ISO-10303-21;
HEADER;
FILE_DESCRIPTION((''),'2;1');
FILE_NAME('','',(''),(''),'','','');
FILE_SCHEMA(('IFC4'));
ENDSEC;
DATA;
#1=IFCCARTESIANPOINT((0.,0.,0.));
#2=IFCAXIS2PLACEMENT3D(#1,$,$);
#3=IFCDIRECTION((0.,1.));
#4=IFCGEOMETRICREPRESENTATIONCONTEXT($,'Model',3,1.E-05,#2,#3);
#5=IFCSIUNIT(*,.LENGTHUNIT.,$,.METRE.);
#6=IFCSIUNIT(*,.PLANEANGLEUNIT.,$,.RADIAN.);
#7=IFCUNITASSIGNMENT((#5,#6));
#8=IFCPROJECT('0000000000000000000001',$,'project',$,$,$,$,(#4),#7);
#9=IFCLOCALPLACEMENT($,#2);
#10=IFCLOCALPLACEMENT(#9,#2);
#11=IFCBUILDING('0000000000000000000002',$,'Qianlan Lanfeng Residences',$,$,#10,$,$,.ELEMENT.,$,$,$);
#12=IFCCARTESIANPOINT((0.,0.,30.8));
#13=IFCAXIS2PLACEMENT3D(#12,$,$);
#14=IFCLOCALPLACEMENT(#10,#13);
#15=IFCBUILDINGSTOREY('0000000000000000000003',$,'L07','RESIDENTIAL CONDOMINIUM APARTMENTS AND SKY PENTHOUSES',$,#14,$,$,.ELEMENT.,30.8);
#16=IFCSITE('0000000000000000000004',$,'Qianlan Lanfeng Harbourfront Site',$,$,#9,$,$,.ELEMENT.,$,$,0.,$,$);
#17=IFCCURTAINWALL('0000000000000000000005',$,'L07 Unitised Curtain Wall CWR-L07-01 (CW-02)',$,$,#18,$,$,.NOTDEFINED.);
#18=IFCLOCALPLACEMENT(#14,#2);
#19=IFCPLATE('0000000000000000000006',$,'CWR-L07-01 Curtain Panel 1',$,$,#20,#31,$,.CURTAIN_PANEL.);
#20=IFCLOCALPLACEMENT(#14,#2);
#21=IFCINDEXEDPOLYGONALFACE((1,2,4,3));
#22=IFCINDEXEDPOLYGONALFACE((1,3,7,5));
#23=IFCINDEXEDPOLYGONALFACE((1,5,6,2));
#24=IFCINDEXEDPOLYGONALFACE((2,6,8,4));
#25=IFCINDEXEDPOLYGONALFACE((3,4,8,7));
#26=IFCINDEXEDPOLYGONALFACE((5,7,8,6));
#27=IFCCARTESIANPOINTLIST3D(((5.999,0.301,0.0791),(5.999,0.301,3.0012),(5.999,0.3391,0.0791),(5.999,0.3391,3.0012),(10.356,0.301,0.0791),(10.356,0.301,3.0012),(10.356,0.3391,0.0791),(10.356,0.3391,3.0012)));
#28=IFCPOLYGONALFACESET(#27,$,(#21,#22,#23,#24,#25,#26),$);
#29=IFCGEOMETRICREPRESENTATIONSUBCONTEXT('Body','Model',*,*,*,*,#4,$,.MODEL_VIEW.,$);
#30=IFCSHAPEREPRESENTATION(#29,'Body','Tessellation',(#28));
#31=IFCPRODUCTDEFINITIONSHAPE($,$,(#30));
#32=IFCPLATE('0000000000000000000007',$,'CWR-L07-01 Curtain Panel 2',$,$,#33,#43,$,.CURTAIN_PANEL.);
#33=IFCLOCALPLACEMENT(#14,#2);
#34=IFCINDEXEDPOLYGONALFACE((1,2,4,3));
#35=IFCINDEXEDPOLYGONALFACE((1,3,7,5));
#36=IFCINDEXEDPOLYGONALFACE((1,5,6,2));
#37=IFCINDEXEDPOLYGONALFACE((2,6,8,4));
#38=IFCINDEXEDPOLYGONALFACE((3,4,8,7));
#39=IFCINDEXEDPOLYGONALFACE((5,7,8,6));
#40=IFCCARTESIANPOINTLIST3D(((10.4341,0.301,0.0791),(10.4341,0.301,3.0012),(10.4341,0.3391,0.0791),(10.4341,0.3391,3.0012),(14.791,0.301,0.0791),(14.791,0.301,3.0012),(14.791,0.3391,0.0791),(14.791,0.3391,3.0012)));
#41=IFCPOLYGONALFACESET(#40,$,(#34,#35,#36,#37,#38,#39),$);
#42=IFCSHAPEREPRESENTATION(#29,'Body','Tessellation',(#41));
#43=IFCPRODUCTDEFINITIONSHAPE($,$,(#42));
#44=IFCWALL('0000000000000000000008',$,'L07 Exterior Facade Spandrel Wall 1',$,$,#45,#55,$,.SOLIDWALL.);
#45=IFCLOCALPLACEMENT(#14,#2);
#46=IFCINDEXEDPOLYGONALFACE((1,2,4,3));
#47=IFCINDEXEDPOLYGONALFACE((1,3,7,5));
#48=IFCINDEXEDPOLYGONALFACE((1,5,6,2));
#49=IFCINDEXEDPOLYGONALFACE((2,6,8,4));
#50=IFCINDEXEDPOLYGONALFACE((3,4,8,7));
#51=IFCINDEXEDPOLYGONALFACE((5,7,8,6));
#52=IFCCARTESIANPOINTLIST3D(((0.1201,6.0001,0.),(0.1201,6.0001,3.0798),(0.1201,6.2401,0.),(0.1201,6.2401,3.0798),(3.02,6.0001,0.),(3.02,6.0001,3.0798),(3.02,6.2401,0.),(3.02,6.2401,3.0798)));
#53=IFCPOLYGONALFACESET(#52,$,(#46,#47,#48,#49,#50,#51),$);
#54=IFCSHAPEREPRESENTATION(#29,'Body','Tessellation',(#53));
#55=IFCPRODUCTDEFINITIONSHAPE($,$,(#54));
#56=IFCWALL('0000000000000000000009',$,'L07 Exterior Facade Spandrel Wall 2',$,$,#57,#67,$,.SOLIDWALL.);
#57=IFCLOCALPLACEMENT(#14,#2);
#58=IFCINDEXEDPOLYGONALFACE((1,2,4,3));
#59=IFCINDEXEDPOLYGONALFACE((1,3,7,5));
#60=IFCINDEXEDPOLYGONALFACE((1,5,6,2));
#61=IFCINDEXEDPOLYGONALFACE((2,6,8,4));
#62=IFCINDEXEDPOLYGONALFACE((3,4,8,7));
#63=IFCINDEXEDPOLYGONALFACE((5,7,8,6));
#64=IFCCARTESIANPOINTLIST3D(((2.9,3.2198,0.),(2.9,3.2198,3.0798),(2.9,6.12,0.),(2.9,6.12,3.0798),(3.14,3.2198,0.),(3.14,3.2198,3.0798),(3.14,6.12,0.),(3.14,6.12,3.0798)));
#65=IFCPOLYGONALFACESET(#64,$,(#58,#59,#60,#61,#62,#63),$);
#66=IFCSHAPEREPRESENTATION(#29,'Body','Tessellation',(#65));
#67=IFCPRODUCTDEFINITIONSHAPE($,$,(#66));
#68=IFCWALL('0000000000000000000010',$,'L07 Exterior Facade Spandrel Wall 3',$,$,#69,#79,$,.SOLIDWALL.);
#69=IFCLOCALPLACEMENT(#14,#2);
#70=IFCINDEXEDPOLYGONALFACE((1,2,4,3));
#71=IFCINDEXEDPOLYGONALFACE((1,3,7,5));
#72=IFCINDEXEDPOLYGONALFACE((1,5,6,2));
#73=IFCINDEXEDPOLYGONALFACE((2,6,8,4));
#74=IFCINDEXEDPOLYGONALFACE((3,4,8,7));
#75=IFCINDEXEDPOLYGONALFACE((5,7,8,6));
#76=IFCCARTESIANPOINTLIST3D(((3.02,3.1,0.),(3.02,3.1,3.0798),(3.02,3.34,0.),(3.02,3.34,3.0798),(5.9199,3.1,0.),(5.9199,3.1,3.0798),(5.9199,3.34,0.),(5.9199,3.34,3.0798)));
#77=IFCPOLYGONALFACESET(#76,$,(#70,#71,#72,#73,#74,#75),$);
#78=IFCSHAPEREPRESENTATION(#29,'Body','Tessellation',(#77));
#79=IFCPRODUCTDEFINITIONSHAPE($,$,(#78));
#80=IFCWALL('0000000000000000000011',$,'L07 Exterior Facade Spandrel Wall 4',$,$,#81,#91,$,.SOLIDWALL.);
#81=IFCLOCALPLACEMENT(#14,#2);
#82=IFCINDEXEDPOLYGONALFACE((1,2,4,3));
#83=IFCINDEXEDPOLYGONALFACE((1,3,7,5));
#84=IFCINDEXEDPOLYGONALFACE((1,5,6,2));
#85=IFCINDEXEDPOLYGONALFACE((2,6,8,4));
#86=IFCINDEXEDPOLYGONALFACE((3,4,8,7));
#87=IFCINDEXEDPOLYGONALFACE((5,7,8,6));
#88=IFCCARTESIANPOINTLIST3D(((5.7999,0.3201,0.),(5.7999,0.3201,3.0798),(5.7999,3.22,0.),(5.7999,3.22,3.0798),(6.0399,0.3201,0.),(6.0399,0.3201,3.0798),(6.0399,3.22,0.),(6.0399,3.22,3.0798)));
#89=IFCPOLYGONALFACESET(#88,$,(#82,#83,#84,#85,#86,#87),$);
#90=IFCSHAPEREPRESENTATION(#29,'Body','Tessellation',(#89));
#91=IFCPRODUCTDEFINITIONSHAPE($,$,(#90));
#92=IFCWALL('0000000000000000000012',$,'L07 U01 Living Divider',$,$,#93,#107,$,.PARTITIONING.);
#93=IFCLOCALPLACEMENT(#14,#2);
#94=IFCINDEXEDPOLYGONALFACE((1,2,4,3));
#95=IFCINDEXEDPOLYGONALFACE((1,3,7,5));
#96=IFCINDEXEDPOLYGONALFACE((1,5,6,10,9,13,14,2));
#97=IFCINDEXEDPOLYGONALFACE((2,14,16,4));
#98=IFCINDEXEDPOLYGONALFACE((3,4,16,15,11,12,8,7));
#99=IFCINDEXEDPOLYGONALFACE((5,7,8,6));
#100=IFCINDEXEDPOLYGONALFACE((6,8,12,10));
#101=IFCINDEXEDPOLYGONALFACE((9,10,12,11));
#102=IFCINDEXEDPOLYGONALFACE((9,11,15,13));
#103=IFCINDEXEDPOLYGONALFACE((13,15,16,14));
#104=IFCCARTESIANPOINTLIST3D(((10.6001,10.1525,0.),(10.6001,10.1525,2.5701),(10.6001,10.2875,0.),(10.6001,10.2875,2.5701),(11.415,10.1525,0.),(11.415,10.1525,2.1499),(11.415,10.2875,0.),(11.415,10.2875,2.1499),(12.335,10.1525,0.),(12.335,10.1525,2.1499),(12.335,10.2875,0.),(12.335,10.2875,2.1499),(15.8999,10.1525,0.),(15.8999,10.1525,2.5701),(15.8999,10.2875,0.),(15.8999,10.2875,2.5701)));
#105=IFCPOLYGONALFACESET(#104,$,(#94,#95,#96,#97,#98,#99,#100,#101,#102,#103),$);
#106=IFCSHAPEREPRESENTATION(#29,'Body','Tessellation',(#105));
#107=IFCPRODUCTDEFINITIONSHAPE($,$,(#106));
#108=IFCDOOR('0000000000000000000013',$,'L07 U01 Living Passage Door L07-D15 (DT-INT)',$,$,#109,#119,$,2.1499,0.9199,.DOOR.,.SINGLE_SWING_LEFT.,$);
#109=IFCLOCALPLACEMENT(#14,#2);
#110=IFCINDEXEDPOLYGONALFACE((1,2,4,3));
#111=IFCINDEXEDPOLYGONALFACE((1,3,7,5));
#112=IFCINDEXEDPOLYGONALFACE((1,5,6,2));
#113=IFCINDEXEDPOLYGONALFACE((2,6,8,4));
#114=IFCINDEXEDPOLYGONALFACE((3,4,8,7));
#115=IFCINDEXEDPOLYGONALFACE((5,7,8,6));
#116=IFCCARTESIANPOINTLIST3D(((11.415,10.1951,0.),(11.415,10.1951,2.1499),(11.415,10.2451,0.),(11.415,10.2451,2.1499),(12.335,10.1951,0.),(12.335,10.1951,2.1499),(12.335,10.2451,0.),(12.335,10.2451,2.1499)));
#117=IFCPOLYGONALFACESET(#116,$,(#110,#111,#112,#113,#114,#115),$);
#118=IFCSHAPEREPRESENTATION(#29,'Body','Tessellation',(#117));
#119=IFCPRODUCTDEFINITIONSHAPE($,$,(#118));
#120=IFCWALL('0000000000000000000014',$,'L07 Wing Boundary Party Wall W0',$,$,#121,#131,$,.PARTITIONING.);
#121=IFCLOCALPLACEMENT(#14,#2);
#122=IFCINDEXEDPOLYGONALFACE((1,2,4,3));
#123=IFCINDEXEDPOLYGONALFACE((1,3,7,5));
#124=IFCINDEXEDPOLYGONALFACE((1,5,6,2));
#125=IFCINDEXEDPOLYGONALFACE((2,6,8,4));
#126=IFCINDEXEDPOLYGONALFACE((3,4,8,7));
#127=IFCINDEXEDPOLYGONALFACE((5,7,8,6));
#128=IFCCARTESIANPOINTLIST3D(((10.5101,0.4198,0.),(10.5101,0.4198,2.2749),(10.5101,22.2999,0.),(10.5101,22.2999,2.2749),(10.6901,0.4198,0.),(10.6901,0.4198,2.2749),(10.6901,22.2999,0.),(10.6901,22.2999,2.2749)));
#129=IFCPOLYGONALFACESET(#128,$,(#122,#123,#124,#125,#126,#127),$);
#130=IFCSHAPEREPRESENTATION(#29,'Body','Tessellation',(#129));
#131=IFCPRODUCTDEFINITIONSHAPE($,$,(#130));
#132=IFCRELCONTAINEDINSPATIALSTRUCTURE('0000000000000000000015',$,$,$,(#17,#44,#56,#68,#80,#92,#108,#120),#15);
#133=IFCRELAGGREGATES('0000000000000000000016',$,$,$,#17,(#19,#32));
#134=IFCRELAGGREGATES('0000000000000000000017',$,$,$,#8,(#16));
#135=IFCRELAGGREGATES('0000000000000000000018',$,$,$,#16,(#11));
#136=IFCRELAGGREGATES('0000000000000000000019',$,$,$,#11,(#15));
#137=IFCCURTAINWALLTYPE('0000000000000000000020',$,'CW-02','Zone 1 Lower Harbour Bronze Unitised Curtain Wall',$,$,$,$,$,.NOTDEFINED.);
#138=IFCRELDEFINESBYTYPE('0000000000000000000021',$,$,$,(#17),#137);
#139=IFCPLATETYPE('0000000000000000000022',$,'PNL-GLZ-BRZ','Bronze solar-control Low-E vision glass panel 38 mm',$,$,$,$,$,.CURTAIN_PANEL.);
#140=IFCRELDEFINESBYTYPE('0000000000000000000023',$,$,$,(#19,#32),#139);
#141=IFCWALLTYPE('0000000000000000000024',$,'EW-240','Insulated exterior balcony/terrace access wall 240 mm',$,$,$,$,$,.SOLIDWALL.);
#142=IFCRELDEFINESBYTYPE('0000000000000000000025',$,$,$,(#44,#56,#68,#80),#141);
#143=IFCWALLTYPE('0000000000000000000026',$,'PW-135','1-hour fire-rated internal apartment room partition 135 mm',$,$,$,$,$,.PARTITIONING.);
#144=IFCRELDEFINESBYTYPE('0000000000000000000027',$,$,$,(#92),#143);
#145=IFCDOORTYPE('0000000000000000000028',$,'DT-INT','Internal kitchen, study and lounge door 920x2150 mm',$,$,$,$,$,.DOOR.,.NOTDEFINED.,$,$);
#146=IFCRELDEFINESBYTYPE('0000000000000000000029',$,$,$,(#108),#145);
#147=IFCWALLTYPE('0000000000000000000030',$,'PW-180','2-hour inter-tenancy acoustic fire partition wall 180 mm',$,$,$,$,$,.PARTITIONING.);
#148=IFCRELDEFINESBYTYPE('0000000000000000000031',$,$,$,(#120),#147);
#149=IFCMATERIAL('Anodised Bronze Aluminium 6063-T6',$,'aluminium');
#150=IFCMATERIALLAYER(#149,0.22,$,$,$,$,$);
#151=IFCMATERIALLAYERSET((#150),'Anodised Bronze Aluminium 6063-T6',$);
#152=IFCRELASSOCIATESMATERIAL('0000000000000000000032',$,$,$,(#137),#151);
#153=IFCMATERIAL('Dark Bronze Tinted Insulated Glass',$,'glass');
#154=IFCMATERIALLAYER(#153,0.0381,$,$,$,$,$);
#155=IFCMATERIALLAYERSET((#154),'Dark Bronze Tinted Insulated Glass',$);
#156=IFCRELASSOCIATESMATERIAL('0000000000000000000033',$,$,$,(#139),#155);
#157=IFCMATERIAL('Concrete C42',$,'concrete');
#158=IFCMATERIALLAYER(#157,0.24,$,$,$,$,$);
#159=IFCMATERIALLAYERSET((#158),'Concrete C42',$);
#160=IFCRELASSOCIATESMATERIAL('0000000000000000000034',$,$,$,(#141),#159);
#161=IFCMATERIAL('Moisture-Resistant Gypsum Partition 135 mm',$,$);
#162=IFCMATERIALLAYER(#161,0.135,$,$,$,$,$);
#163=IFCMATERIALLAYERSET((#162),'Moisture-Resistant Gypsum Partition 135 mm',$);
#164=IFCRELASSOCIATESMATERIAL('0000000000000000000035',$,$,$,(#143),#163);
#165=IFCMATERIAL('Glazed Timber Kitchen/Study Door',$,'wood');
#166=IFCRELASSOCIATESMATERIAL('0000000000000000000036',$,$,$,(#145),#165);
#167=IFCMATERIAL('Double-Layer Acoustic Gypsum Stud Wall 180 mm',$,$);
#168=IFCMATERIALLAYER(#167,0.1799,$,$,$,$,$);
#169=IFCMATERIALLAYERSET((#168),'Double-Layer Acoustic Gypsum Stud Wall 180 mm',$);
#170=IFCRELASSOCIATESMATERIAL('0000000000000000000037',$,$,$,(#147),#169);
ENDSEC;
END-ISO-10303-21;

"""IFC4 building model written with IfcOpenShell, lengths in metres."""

from ifc_helpers import new_model, si_unit, direction, frame, frame_2d, origin, origin_2d, place, context, subcontext, project, spatial, rectangle, extrude, source, transform, mapped, material, layer, layer_set, type_object, element, fill, aggregate, save


model = new_model("IFC4")

# Units and contexts
model_context = context("Model", 3, precision=1e-05, world=origin(), true_north=direction((0.0, 1.0)))
body_context = subcontext(model_context, "Body", "Model", "MODEL_VIEW")
ifc_project = project(units=[si_unit("LENGTHUNIT", "METRE"), si_unit("PLANEANGLEUNIT", "RADIAN")], contexts=[model_context])

# Site, building, storey
site_placement = place(None, origin())
site = spatial("IfcSite", under=ifc_project, at=site_placement, Name="Qianlan Lanfeng Harbourfront Site", CompositionType="ELEMENT", RefElevation=0.0)
building_placement = place(site_placement, origin())
building = spatial("IfcBuilding", under=site, at=building_placement, Name="Qianlan Lanfeng Residences", CompositionType="ELEMENT")
storey_placement = place(building_placement, frame((0.0, 0.0, 30.8)))
storey = spatial("IfcBuildingStorey", under=building, at=storey_placement, Name="L07", Description="RESIDENTIAL CONDOMINIUM APARTMENTS AND SKY PENTHOUSES", CompositionType="ELEMENT", Elevation=30.8)

# Shared definitions
ifc_material_1 = material(Name="Anodised Bronze Aluminium 6063-T6", Category="aluminium")
ifc_layer_1 = layer(ifc_material_1, 0.22)
ifc_layer_set_1 = layer_set([ifc_layer_1], Name="Anodised Bronze Aluminium 6063-T6")
curtain_wall_type = type_object("IfcCurtainWallType", Name="CW-02", Description="Zone 1 Lower Harbour Bronze Unitised Curtain Wall", PredefinedType="NOTDEFINED", material=ifc_layer_set_1)

# Curtain wall
curtain_wall_1_placement = place(storey_placement, origin())
curtain_wall_1 = element("IfcCurtainWall", 1, at=curtain_wall_1_placement, inside=storey, type_object=curtain_wall_type, Name="L07 Unitised Curtain Wall CWR-L07-01 (CW-02)", PredefinedType="NOTDEFINED")

# Plates
ifc_material_2 = material(Name="Dark Bronze Tinted Insulated Glass", Category="glass")
ifc_layer_2 = layer(ifc_material_2, 0.0381)
ifc_layer_set_2 = layer_set([ifc_layer_2], Name="Dark Bronze Tinted Insulated Glass")
plate_type = type_object("IfcPlateType", Name="PNL-GLZ-BRZ", Description="Bronze solar-control Low-E vision glass panel 38 mm", PredefinedType="CURTAIN_PANEL", material=ifc_layer_set_2)
shared_shape_1 = source(origin(), body_context, "Body", "SweptSolid", [
    extrude(rectangle(XDim=4.3569, YDim=0.0381, at=origin_2d()), origin(), (0.0, 0.0, 1.0), 2.9221),
])
plate_1_placement = place(storey_placement, frame((8.1775, 0.3201, 0.0791), z_axis=(0.0, 0.0, 1.0), x_axis=(1.0, 0.0, 0.0)))
plate_1 = element("IfcPlate", 2, at=plate_1_placement, type_object=plate_type, Name="CWR-L07-01 Curtain Panel 1", PredefinedType="CURTAIN_PANEL", context=body_context, shape_type="MappedRepresentation", body=[
    mapped(shared_shape_1, transform((0.0, 0.0, 0.0), scale=1.0)),
])
plate_2_placement = place(storey_placement, frame((12.6125, 0.3201, 0.0791), z_axis=(0.0, 0.0, 1.0), x_axis=(1.0, 0.0, 0.0)))
plate_2 = element("IfcPlate", 3, at=plate_2_placement, type_object=plate_type, Name="CWR-L07-01 Curtain Panel 2", PredefinedType="CURTAIN_PANEL", context=body_context, shape_type="MappedRepresentation", body=[
    mapped(shared_shape_1, transform((0.0, 0.0, 0.0), scale=1.0)),
])
aggregate(curtain_wall_1, [plate_1, plate_2])

# Walls
ifc_material_3 = material(Name="Concrete C42", Category="concrete")
ifc_layer_3 = layer(ifc_material_3, 0.24)
ifc_layer_set_3 = layer_set([ifc_layer_3], Name="Concrete C42")
wall_type_1 = type_object("IfcWallType", Name="EW-240", Description="Insulated exterior balcony/terrace access wall 240 mm", PredefinedType="SOLIDWALL", material=ifc_layer_set_3)
wall_1_placement = place(storey_placement, frame((0.1201, 6.1201, 0.0), z_axis=(0.0, 0.0, 1.0), x_axis=(1.0, 0.0, 0.0)))
element("IfcWall", 4, at=wall_1_placement, inside=storey, type_object=wall_type_1, Name="L07 Exterior Facade Spandrel Wall 1", PredefinedType="SOLIDWALL", context=body_context, shape_type="SweptSolid", body=[
    extrude(rectangle(XDim=2.8999, YDim=0.24, at=frame_2d((1.45, 0.0))), origin(), (0.0, 0.0, 1.0), 3.0798),
])
wall_2_placement = place(storey_placement, frame((3.02, 6.1201, 0.0), z_axis=(0.0, 0.0, 1.0), x_axis=(0.0, -1.0, 0.0)))
element("IfcWall", 5, at=wall_2_placement, inside=storey, type_object=wall_type_1, Name="L07 Exterior Facade Spandrel Wall 2", PredefinedType="SOLIDWALL", context=body_context, shape_type="SweptSolid", body=[
    extrude(rectangle(XDim=2.9001, YDim=0.24, at=frame_2d((1.4502, 0.0))), origin(), (0.0, 0.0, 1.0), 3.0798),
])
for number, where, z_axis, x_axis, name in (
    (6, (3.02, 3.22, 0.0), (0.0, 0.0, 1.0), (1.0, 0.0, 0.0), "L07 Exterior Facade Spandrel Wall 3"),
    (7, (5.9199, 3.22, 0.0), (0.0, 0.0, 1.0), (0.0, -1.0, 0.0), "L07 Exterior Facade Spandrel Wall 4"),
):
    element("IfcWall", number, at=place(storey_placement, frame(where, z_axis=z_axis, x_axis=x_axis)), inside=storey, type_object=wall_type_1, Name=name, PredefinedType="SOLIDWALL", context=body_context, shape_type="SweptSolid", body=[
        extrude(rectangle(XDim=2.8999, YDim=0.24, at=frame_2d((1.45, 0.0))), origin(), (0.0, 0.0, 1.0), 3.0798),
    ])

# Wall, opening, door
ifc_material_4 = material(Name="Moisture-Resistant Gypsum Partition 135 mm")
ifc_layer_4 = layer(ifc_material_4, 0.135)
ifc_layer_set_4 = layer_set([ifc_layer_4], Name="Moisture-Resistant Gypsum Partition 135 mm")
wall_type_2 = type_object("IfcWallType", Name="PW-135", Description="1-hour fire-rated internal apartment room partition 135 mm", PredefinedType="PARTITIONING", material=ifc_layer_set_4)
wall_3_placement = place(storey_placement, frame((10.6001, 10.22, 0.0), z_axis=(0.0, 0.0, 1.0), x_axis=(1.0, 0.0, 0.0)))
wall_3 = element("IfcWall", 8, at=wall_3_placement, inside=storey, type_object=wall_type_2, Name="L07 U01 Living Divider", PredefinedType="PARTITIONING", context=body_context, shape_type="SweptSolid", body=[
    extrude(rectangle(XDim=5.2998, YDim=0.135, at=frame_2d((2.6499, 0.0))), origin(), (0.0, 0.0, 1.0), 2.5701),
])
opening_placement = place(wall_3_placement, frame((0.8149, 0.0, 0.0)))
opening = element("IfcOpeningElement", 9, at=opening_placement, cuts=wall_3, PredefinedType="OPENING", context=body_context, shape_type="SweptSolid", body=[
    extrude(rectangle(XDim=0.9199, YDim=2.1499, at=frame_2d((0.46, 1.075))), frame((0.0, 0.0776, 0.0), z_axis=(0.0, -1.0, 0.0), x_axis=(1.0, 0.0, 0.0)), (0.0, 0.0, 1.0), 0.155),
])
ifc_material_5 = material(Name="Glazed Timber Kitchen/Study Door", Category="wood")
door_type = type_object("IfcDoorType", Name="DT-INT", Description="Internal kitchen, study and lounge door 920x2150 mm", OperationType="NOTDEFINED", PredefinedType="DOOR", material=ifc_material_5)
door_placement = place(opening_placement, frame((0.9199, 0.0, 0.0), z_axis=(0.0, 0.0, 1.0), x_axis=(-1.0, 0.0, 0.0)))
door = element("IfcDoor", 10, at=door_placement, inside=storey, type_object=door_type, Name="L07 U01 Living Passage Door L07-D15 (DT-INT)", OperationType="SINGLE_SWING_LEFT", OverallHeight=2.1499, OverallWidth=0.9199, PredefinedType="DOOR", context=body_context, shape_type="SweptSolid", body=[
    extrude(rectangle(XDim=0.9199, YDim=2.1499, at=frame_2d((0.46, 1.075))), frame((0.0, 0.0249, 0.0), z_axis=(0.0, -1.0, 0.0), x_axis=(1.0, 0.0, 0.0)), (0.0, 0.0, 1.0), 0.05),
])
fill(opening, door)

# Wall
ifc_material_6 = material(Name="Double-Layer Acoustic Gypsum Stud Wall 180 mm")
ifc_layer_5 = layer(ifc_material_6, 0.1799)
ifc_layer_set_5 = layer_set([ifc_layer_5], Name="Double-Layer Acoustic Gypsum Stud Wall 180 mm")
wall_type_3 = type_object("IfcWallType", Name="PW-180", Description="2-hour inter-tenancy acoustic fire partition wall 180 mm", PredefinedType="PARTITIONING", material=ifc_layer_set_5)
wall_4_placement = place(storey_placement, frame((10.6001, 0.4199, 0.0), z_axis=(0.0, 0.0, 1.0), x_axis=(0.0, 1.0, 0.0)))
element("IfcWall", 11, at=wall_4_placement, inside=storey, type_object=wall_type_3, Name="L07 Wing Boundary Party Wall W0", PredefinedType="PARTITIONING", context=body_context, shape_type="SweptSolid", body=[
    extrude(rectangle(XDim=21.8801, YDim=0.1799, at=frame_2d((10.9399, 0.0))), origin(), (0.0, 0.0, 1.0), 2.2749),
])

save(model, "model.ifc")
